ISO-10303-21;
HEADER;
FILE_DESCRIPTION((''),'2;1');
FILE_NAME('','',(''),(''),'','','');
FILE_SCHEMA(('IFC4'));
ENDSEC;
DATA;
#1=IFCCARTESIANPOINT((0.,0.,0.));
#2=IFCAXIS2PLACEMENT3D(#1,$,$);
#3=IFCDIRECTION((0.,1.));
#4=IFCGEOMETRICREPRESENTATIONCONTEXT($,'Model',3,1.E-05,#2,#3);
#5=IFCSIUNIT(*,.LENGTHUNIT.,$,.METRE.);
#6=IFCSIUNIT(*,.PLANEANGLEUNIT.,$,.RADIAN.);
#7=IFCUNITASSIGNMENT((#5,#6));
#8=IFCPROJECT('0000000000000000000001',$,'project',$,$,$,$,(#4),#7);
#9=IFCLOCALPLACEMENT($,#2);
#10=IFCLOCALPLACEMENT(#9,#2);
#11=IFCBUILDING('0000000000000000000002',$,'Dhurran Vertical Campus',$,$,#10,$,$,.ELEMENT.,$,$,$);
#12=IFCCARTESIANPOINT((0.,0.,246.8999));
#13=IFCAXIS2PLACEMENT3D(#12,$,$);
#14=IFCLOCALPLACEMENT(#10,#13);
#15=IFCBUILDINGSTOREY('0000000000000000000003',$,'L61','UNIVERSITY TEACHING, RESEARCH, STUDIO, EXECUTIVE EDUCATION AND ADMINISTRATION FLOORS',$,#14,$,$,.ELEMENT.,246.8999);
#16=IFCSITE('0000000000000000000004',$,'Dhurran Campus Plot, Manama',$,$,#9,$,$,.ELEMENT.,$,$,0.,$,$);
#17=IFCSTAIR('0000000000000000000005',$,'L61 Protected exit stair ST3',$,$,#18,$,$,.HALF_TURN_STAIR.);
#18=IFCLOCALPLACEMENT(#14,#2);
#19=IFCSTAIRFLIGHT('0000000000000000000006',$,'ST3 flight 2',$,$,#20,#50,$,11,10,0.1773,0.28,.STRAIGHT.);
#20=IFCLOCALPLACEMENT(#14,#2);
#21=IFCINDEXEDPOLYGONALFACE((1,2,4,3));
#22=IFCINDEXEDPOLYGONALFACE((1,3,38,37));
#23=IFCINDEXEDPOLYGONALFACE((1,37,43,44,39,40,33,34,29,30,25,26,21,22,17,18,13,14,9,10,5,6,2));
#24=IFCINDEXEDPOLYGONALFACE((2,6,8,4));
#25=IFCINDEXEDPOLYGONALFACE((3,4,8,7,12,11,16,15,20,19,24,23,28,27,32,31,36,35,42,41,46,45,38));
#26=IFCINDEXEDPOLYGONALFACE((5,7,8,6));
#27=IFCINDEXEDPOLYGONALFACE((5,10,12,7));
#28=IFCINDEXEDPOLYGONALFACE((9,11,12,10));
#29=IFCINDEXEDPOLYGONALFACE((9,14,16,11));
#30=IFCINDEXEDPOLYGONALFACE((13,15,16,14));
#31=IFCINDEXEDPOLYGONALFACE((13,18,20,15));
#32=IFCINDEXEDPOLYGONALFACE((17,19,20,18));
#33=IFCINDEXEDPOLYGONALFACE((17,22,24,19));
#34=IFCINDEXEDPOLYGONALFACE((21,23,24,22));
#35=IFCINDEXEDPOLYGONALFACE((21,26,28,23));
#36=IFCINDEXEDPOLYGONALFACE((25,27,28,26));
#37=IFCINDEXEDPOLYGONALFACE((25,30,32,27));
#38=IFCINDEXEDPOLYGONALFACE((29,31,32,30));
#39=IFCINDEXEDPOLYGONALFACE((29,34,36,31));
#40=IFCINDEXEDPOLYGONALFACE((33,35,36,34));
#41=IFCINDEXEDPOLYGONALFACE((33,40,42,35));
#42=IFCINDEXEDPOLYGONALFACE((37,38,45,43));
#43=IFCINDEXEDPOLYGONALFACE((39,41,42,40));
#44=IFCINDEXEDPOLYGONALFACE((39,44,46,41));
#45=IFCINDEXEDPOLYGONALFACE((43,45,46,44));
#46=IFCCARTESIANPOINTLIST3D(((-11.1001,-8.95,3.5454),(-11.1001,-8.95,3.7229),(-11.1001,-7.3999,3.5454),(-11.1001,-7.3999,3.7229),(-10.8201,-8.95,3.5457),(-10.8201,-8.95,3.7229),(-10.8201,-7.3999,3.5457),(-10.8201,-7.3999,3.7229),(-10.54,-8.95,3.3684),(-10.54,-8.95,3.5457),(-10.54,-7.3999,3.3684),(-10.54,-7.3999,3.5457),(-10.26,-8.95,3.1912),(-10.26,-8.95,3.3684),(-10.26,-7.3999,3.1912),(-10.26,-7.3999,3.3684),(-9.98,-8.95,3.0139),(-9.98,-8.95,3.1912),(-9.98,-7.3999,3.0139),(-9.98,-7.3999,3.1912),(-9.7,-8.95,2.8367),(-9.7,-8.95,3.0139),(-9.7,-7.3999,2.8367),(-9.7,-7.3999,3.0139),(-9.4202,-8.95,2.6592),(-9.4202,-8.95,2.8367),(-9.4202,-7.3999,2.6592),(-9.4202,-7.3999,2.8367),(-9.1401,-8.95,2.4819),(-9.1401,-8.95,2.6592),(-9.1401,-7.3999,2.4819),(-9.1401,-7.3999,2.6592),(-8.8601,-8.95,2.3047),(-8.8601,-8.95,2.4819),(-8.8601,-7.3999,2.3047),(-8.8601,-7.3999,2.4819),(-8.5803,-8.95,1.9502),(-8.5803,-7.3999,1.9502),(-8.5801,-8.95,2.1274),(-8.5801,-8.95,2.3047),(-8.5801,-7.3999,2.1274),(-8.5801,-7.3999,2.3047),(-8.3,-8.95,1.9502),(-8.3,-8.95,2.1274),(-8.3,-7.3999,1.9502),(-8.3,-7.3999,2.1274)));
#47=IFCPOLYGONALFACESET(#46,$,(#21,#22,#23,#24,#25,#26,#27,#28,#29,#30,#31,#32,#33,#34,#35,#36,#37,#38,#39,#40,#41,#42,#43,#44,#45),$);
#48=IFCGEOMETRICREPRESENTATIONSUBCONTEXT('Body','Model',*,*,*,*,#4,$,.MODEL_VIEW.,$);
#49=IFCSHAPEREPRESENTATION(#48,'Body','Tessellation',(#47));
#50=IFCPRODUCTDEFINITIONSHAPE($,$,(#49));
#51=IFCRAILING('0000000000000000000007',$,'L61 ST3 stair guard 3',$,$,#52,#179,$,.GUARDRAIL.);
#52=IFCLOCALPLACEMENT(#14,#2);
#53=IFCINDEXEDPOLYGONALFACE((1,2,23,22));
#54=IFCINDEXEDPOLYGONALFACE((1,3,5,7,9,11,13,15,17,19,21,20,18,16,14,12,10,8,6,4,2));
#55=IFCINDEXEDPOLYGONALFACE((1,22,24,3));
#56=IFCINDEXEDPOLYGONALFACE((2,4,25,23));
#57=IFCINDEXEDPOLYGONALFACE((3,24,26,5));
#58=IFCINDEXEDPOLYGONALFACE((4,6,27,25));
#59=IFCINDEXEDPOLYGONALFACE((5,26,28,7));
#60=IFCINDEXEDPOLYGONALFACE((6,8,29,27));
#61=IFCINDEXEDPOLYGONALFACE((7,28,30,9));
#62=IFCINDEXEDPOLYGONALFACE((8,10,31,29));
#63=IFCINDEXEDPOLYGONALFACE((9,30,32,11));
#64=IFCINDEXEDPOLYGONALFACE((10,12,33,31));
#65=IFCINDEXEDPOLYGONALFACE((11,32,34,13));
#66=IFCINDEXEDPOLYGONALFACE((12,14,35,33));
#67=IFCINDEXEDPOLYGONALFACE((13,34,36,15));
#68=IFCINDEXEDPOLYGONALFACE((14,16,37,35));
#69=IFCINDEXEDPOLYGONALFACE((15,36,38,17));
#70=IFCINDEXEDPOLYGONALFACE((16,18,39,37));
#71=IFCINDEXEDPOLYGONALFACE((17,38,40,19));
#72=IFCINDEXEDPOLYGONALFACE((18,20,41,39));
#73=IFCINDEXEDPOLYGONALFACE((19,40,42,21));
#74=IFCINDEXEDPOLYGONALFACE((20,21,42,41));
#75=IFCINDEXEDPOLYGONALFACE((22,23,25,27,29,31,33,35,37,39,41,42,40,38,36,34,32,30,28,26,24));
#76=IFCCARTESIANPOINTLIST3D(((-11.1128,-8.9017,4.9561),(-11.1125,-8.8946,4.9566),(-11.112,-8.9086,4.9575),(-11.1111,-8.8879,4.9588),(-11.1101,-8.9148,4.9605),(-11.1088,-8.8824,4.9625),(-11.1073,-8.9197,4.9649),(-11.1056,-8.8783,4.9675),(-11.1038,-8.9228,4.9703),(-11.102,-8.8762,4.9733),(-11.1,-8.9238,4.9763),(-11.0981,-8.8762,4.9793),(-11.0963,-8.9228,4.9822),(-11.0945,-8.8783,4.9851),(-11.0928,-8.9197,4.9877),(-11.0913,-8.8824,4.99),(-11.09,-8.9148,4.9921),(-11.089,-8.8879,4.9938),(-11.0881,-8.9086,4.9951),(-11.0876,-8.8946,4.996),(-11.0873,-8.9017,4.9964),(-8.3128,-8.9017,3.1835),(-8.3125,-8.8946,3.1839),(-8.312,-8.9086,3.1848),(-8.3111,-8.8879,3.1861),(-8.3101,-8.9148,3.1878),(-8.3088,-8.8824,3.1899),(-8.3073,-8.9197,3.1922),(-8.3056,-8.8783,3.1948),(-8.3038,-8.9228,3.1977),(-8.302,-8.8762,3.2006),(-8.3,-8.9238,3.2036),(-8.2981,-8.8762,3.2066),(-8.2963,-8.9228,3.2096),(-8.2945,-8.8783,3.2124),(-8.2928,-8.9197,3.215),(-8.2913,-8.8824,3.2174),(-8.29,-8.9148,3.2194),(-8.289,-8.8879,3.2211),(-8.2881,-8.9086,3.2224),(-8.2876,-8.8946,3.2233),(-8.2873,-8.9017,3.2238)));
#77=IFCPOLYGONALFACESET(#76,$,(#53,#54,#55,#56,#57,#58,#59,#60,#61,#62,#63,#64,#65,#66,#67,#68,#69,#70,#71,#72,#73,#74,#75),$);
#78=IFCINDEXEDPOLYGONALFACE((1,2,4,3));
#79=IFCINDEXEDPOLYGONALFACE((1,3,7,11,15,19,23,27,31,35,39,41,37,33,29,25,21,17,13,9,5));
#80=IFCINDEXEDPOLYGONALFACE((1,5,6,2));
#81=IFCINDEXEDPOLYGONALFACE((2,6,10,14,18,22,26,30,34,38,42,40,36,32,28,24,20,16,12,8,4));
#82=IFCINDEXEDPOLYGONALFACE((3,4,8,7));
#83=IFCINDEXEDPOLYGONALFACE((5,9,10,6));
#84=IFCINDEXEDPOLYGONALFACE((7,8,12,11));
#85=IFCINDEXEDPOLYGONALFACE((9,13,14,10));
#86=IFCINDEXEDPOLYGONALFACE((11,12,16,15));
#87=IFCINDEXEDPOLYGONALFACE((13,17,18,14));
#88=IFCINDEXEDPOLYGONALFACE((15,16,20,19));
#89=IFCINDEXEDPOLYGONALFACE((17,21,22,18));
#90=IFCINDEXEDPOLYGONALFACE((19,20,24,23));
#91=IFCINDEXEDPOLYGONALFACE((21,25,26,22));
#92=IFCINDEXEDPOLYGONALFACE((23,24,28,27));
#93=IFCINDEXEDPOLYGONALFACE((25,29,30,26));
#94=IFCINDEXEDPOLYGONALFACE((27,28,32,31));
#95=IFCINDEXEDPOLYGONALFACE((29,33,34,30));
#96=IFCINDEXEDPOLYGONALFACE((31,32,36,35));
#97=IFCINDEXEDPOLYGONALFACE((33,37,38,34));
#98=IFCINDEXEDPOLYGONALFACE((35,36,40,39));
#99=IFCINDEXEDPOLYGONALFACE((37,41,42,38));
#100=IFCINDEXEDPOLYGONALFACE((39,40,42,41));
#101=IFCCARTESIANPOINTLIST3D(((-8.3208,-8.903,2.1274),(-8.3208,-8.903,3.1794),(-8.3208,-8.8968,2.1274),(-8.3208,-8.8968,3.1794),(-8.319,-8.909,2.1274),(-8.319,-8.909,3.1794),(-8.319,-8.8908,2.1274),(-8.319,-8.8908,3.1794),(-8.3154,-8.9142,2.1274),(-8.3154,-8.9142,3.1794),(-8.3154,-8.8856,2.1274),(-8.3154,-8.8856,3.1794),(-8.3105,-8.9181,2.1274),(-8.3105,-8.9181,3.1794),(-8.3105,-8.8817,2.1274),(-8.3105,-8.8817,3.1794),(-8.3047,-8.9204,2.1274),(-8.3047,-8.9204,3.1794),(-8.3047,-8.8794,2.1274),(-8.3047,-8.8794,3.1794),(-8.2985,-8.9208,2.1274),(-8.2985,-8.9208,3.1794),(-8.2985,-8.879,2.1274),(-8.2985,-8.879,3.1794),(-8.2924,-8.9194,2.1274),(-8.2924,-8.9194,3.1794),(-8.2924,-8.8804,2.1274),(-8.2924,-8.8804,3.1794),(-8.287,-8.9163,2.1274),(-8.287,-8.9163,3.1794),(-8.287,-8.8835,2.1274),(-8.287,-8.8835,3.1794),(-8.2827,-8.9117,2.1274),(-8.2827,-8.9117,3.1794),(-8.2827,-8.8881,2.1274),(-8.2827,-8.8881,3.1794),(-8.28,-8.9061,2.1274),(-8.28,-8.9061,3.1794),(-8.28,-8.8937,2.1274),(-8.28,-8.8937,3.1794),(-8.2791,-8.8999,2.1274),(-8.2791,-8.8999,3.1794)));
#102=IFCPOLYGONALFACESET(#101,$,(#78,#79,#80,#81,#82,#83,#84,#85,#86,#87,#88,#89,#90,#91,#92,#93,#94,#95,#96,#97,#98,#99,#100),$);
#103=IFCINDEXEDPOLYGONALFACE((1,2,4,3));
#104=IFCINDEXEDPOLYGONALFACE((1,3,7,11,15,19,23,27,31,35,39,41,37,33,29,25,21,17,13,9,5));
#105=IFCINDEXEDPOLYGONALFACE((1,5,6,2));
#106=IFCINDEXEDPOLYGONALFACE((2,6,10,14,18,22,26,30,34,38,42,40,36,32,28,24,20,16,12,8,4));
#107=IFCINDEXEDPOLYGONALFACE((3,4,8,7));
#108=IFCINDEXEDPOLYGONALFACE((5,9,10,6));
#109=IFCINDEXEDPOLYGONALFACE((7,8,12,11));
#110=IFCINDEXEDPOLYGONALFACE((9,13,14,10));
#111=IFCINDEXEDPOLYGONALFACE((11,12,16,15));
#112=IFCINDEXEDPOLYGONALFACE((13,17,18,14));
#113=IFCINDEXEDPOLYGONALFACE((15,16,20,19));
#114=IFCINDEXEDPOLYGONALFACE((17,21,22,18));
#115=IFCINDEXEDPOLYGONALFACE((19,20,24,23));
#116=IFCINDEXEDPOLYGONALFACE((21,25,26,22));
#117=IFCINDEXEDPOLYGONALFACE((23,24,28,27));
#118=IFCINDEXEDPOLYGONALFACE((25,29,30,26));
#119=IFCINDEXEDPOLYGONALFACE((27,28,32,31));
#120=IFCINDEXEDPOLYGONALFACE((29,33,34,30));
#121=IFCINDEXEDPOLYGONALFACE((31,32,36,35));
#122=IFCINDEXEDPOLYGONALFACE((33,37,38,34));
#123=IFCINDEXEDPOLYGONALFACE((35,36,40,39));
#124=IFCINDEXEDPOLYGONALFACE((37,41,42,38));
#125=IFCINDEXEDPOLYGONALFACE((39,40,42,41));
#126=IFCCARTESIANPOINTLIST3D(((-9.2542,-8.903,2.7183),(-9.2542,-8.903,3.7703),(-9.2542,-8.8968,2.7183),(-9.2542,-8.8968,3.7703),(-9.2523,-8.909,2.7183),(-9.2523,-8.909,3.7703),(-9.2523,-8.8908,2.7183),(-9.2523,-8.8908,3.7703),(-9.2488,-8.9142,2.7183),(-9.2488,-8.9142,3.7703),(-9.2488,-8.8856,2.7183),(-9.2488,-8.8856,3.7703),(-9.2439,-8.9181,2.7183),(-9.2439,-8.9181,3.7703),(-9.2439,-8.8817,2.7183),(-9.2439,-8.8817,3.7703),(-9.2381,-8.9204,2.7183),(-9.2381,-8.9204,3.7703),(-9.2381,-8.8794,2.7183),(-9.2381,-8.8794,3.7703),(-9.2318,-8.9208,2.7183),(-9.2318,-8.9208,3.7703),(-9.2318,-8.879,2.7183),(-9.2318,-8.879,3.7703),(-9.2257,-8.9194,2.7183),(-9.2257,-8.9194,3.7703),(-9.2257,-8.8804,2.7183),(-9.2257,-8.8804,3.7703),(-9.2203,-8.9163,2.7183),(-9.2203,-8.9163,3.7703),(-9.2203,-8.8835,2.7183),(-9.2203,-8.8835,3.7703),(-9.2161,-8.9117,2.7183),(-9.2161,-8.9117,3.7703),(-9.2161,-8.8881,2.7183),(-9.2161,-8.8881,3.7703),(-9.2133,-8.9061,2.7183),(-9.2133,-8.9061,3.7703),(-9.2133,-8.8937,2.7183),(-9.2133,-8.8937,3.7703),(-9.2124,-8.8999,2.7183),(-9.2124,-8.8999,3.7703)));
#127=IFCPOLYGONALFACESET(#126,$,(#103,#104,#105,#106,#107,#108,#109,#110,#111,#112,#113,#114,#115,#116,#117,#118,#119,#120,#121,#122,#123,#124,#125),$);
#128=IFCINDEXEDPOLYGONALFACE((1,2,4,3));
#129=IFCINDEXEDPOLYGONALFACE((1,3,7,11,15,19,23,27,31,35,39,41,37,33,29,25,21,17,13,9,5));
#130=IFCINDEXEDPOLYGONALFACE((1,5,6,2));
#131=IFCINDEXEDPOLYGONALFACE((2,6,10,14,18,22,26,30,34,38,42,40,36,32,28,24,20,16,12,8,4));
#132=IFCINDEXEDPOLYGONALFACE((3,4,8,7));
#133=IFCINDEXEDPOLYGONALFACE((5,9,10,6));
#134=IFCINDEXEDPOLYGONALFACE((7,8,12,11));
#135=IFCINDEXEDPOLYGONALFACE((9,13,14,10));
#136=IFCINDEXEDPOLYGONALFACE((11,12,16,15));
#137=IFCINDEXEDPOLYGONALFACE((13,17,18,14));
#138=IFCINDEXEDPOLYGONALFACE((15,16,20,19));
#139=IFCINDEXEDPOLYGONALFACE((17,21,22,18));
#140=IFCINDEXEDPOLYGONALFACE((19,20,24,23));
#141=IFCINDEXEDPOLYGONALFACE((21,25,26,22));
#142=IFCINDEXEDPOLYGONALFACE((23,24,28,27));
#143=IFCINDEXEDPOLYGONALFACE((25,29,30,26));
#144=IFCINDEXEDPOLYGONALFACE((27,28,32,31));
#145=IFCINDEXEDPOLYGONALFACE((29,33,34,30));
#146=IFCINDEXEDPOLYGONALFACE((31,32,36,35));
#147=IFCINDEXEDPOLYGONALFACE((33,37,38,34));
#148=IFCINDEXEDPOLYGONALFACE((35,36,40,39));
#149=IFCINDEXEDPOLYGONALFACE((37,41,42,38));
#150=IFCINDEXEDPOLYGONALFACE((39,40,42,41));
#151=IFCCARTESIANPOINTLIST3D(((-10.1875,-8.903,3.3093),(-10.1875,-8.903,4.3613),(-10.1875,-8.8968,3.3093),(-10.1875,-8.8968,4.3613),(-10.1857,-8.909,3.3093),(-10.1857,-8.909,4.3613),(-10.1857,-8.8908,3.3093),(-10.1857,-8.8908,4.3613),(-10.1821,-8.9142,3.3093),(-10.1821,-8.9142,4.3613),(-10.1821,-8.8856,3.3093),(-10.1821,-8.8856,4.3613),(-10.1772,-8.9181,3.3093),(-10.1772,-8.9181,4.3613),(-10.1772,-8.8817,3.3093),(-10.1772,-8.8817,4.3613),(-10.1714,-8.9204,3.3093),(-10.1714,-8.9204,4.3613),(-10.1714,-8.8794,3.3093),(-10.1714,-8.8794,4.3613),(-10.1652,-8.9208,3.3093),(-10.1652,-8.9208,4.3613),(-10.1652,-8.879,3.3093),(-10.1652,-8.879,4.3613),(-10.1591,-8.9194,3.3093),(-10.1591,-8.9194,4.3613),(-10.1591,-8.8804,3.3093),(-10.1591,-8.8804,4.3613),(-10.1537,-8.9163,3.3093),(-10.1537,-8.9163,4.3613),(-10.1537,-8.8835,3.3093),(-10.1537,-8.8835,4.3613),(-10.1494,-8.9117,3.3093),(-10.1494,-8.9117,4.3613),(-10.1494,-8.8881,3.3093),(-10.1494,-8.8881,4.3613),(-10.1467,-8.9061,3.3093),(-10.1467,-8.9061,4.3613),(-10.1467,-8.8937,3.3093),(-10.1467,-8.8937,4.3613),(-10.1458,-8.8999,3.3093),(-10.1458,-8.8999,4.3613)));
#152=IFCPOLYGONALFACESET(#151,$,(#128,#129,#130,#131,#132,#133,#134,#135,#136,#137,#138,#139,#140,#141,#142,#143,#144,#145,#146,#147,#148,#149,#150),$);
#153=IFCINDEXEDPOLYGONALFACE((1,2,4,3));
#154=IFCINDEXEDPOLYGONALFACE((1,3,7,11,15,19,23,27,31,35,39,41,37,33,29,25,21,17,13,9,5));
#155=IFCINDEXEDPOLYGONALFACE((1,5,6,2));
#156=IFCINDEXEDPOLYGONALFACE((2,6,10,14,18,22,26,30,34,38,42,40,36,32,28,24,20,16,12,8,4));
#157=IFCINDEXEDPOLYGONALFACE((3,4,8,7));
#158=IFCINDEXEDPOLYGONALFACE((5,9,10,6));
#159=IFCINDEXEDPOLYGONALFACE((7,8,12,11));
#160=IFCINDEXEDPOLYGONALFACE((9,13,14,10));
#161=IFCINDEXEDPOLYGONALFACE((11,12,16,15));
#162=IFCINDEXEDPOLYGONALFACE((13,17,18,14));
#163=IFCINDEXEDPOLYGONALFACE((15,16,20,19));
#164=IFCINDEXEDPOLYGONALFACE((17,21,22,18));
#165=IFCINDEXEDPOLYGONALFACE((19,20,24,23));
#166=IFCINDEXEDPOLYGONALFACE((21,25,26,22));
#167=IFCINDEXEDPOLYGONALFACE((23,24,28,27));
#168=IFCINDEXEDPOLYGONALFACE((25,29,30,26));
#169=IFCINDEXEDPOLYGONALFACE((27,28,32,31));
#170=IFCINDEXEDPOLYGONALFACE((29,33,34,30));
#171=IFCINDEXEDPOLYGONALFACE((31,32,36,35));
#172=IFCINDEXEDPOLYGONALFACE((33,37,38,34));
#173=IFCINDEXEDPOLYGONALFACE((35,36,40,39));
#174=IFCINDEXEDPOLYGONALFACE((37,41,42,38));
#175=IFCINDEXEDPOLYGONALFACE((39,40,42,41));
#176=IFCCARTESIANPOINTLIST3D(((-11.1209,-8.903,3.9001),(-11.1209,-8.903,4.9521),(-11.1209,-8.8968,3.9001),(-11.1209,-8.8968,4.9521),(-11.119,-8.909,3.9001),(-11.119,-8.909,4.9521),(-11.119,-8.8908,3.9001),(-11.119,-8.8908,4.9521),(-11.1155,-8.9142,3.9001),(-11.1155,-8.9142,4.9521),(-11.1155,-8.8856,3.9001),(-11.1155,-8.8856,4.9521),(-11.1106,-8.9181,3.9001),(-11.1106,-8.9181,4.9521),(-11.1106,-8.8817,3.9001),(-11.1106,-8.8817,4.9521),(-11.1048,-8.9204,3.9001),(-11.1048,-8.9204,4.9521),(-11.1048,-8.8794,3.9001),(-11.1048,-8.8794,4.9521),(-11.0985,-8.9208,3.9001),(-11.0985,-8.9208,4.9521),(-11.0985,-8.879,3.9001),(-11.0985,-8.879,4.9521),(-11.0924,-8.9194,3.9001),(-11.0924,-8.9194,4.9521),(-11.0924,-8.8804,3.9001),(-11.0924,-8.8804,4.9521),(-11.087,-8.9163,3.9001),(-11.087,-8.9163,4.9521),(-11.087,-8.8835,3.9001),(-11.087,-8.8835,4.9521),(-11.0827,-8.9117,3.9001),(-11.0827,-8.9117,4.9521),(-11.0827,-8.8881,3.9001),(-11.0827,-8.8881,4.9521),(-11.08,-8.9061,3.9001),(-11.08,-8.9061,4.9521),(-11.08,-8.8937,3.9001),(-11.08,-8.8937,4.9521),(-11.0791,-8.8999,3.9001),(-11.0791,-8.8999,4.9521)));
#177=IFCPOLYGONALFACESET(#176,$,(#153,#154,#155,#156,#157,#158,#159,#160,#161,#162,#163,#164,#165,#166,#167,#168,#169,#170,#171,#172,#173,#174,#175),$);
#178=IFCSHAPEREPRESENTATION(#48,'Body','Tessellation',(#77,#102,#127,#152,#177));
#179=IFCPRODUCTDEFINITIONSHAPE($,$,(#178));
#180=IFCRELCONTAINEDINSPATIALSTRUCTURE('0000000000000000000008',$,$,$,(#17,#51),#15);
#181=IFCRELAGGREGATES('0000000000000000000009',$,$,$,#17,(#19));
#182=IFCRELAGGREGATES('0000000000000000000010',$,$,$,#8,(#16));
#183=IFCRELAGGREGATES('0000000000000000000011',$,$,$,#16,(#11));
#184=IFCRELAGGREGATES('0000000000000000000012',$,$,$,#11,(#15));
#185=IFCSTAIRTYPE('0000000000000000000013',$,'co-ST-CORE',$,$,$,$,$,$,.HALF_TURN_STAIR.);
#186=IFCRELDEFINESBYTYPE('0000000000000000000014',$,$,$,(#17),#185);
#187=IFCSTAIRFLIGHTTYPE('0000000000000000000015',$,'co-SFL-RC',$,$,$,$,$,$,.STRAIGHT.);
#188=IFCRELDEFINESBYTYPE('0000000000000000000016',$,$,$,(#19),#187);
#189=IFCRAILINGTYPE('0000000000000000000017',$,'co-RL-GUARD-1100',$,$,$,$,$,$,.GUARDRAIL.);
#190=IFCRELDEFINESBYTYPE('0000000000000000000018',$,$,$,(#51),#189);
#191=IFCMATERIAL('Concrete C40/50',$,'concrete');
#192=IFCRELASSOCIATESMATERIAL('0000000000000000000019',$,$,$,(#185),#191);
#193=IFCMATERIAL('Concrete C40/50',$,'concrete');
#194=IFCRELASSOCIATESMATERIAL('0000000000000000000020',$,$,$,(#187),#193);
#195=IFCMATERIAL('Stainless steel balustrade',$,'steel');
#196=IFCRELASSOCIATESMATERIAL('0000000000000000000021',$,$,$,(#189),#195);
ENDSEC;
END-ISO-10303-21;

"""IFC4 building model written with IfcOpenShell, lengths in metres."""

from ifc_helpers import new_model, si_unit, direction, frame, origin, origin_2d, place, context, subcontext, project, spatial, polyline, circle, outline, extrude, material, type_object, element, aggregate, save


model = new_model("IFC4")

# Units and contexts
model_context = context("Model", 3, precision=1e-05, world=origin(), true_north=direction((0.0, 1.0)))
body_context = subcontext(model_context, "Body", "Model", "MODEL_VIEW")
ifc_project = project(units=[si_unit("LENGTHUNIT", "METRE"), si_unit("PLANEANGLEUNIT", "RADIAN")], contexts=[model_context])

# Site, building, storey
site_placement = place(None, origin())
site = spatial("IfcSite", under=ifc_project, at=site_placement, Name="Dhurran Campus Plot, Manama", CompositionType="ELEMENT", RefElevation=0.0)
building_placement = place(site_placement, origin())
building = spatial("IfcBuilding", under=site, at=building_placement, Name="Dhurran Vertical Campus", CompositionType="ELEMENT")
storey_placement = place(building_placement, frame((0.0, 0.0, 246.8999)))
storey = spatial("IfcBuildingStorey", under=building, at=storey_placement, Name="L61", Description="UNIVERSITY TEACHING, RESEARCH, STUDIO, EXECUTIVE EDUCATION AND ADMINISTRATION FLOORS", CompositionType="ELEMENT", Elevation=246.8999)

# Stair, stair flight
ifc_material_1 = material(Name="Concrete C40/50", Category="concrete")
stair_type = type_object("IfcStairType", Name="co-ST-CORE", PredefinedType="HALF_TURN_STAIR", material=ifc_material_1)
stair_placement = place(storey_placement, origin())
stair = element("IfcStair", 1, at=stair_placement, inside=storey, type_object=stair_type, Name="L61 Protected exit stair ST3", PredefinedType="HALF_TURN_STAIR")
ifc_material_2 = material(Name="Concrete C40/50", Category="concrete")
stair_flight_type = type_object("IfcStairFlightType", Name="co-SFL-RC", PredefinedType="STRAIGHT", material=ifc_material_2)
stair_flight_placement = place(storey_placement, frame((-8.3, -8.175, 1.9502), z_axis=(0.0, 0.0, 1.0), x_axis=(-1.0, 0.0, 0.0)))
stair_flight = element("IfcStairFlight", 2, at=stair_flight_placement, type_object=stair_flight_type, Name="ST3 flight 2", NumberOfRisers=11, NumberOfTreads=10, PredefinedType="STRAIGHT", RiserHeight=0.1773, TreadLength=0.28, context=body_context, shape_type="SweptSolid", body=[
    extrude(outline(polyline([(0.0, 0.0), (0.0, 0.1772), (0.28, 0.1772), (0.28, 0.3545), (0.5601, 0.3545), (0.5601, 0.5317), (0.8401, 0.5317), (0.8401, 0.709), (1.1201, 0.709), (1.1201, 0.8865), (1.3999, 0.8865), (1.3999, 1.0637), (1.6799, 1.0637), (1.6799, 1.241), (1.96, 1.241), (1.96, 1.4182), (2.24, 1.4182), (2.24, 1.5955), (2.52, 1.5955), (2.52, 1.7727), (2.8, 1.7727), (2.8, 1.95), (2.8, 1.5952), (0.2803, 0.0), (0.0, 0.0)])), frame((0.0, 0.7749, 0.0), z_axis=(0.0, -1.0, 0.0), x_axis=(1.0, 0.0, 0.0)), (0.0, 0.0, 1.0), 1.55),
])
aggregate(stair, [stair_flight])

# Railing
ifc_material_3 = material(Name="Stainless steel balustrade", Category="steel")
railing_type_1 = type_object("IfcRailingType", Name="co-RL-GUARD-1100", PredefinedType="GUARDRAIL", material=ifc_material_3)
railing_1_placement = place(storey_placement, frame((-8.3, -8.8999, 2.1274)))
element("IfcRailing", 3, at=railing_1_placement, inside=storey, type_object=railing_type_1, Name="L61 ST3 stair guard 3", PredefinedType="GUARDRAIL", context=body_context, shape_type="SweptSolid", body=[
    extrude(circle(Radius=0.0239, at=origin_2d()), frame((0.0, 0.0, 1.0762), z_axis=(-0.844909, 0.0, 0.53491), x_axis=(0.0, -1.0, 0.0)), (0.0, 0.0, 1.0), 3.314),
    extrude(circle(Radius=0.021, at=origin_2d()), origin(), (0.0, 0.0, 1.0), 1.052),
    extrude(circle(Radius=0.021, at=origin_2d()), frame((-0.9333, 0.0, 0.5908)), (0.0, 0.0, 1.0), 1.052),
    extrude(circle(Radius=0.021, at=origin_2d()), frame((-1.8667, 0.0, 1.1819)), (0.0, 0.0, 1.0), 1.052),
    extrude(circle(Radius=0.021, at=origin_2d()), frame((-2.8, 0.0, 1.7727)), (0.0, 0.0, 1.0), 1.052),
])

save(model, "model.ifc")
